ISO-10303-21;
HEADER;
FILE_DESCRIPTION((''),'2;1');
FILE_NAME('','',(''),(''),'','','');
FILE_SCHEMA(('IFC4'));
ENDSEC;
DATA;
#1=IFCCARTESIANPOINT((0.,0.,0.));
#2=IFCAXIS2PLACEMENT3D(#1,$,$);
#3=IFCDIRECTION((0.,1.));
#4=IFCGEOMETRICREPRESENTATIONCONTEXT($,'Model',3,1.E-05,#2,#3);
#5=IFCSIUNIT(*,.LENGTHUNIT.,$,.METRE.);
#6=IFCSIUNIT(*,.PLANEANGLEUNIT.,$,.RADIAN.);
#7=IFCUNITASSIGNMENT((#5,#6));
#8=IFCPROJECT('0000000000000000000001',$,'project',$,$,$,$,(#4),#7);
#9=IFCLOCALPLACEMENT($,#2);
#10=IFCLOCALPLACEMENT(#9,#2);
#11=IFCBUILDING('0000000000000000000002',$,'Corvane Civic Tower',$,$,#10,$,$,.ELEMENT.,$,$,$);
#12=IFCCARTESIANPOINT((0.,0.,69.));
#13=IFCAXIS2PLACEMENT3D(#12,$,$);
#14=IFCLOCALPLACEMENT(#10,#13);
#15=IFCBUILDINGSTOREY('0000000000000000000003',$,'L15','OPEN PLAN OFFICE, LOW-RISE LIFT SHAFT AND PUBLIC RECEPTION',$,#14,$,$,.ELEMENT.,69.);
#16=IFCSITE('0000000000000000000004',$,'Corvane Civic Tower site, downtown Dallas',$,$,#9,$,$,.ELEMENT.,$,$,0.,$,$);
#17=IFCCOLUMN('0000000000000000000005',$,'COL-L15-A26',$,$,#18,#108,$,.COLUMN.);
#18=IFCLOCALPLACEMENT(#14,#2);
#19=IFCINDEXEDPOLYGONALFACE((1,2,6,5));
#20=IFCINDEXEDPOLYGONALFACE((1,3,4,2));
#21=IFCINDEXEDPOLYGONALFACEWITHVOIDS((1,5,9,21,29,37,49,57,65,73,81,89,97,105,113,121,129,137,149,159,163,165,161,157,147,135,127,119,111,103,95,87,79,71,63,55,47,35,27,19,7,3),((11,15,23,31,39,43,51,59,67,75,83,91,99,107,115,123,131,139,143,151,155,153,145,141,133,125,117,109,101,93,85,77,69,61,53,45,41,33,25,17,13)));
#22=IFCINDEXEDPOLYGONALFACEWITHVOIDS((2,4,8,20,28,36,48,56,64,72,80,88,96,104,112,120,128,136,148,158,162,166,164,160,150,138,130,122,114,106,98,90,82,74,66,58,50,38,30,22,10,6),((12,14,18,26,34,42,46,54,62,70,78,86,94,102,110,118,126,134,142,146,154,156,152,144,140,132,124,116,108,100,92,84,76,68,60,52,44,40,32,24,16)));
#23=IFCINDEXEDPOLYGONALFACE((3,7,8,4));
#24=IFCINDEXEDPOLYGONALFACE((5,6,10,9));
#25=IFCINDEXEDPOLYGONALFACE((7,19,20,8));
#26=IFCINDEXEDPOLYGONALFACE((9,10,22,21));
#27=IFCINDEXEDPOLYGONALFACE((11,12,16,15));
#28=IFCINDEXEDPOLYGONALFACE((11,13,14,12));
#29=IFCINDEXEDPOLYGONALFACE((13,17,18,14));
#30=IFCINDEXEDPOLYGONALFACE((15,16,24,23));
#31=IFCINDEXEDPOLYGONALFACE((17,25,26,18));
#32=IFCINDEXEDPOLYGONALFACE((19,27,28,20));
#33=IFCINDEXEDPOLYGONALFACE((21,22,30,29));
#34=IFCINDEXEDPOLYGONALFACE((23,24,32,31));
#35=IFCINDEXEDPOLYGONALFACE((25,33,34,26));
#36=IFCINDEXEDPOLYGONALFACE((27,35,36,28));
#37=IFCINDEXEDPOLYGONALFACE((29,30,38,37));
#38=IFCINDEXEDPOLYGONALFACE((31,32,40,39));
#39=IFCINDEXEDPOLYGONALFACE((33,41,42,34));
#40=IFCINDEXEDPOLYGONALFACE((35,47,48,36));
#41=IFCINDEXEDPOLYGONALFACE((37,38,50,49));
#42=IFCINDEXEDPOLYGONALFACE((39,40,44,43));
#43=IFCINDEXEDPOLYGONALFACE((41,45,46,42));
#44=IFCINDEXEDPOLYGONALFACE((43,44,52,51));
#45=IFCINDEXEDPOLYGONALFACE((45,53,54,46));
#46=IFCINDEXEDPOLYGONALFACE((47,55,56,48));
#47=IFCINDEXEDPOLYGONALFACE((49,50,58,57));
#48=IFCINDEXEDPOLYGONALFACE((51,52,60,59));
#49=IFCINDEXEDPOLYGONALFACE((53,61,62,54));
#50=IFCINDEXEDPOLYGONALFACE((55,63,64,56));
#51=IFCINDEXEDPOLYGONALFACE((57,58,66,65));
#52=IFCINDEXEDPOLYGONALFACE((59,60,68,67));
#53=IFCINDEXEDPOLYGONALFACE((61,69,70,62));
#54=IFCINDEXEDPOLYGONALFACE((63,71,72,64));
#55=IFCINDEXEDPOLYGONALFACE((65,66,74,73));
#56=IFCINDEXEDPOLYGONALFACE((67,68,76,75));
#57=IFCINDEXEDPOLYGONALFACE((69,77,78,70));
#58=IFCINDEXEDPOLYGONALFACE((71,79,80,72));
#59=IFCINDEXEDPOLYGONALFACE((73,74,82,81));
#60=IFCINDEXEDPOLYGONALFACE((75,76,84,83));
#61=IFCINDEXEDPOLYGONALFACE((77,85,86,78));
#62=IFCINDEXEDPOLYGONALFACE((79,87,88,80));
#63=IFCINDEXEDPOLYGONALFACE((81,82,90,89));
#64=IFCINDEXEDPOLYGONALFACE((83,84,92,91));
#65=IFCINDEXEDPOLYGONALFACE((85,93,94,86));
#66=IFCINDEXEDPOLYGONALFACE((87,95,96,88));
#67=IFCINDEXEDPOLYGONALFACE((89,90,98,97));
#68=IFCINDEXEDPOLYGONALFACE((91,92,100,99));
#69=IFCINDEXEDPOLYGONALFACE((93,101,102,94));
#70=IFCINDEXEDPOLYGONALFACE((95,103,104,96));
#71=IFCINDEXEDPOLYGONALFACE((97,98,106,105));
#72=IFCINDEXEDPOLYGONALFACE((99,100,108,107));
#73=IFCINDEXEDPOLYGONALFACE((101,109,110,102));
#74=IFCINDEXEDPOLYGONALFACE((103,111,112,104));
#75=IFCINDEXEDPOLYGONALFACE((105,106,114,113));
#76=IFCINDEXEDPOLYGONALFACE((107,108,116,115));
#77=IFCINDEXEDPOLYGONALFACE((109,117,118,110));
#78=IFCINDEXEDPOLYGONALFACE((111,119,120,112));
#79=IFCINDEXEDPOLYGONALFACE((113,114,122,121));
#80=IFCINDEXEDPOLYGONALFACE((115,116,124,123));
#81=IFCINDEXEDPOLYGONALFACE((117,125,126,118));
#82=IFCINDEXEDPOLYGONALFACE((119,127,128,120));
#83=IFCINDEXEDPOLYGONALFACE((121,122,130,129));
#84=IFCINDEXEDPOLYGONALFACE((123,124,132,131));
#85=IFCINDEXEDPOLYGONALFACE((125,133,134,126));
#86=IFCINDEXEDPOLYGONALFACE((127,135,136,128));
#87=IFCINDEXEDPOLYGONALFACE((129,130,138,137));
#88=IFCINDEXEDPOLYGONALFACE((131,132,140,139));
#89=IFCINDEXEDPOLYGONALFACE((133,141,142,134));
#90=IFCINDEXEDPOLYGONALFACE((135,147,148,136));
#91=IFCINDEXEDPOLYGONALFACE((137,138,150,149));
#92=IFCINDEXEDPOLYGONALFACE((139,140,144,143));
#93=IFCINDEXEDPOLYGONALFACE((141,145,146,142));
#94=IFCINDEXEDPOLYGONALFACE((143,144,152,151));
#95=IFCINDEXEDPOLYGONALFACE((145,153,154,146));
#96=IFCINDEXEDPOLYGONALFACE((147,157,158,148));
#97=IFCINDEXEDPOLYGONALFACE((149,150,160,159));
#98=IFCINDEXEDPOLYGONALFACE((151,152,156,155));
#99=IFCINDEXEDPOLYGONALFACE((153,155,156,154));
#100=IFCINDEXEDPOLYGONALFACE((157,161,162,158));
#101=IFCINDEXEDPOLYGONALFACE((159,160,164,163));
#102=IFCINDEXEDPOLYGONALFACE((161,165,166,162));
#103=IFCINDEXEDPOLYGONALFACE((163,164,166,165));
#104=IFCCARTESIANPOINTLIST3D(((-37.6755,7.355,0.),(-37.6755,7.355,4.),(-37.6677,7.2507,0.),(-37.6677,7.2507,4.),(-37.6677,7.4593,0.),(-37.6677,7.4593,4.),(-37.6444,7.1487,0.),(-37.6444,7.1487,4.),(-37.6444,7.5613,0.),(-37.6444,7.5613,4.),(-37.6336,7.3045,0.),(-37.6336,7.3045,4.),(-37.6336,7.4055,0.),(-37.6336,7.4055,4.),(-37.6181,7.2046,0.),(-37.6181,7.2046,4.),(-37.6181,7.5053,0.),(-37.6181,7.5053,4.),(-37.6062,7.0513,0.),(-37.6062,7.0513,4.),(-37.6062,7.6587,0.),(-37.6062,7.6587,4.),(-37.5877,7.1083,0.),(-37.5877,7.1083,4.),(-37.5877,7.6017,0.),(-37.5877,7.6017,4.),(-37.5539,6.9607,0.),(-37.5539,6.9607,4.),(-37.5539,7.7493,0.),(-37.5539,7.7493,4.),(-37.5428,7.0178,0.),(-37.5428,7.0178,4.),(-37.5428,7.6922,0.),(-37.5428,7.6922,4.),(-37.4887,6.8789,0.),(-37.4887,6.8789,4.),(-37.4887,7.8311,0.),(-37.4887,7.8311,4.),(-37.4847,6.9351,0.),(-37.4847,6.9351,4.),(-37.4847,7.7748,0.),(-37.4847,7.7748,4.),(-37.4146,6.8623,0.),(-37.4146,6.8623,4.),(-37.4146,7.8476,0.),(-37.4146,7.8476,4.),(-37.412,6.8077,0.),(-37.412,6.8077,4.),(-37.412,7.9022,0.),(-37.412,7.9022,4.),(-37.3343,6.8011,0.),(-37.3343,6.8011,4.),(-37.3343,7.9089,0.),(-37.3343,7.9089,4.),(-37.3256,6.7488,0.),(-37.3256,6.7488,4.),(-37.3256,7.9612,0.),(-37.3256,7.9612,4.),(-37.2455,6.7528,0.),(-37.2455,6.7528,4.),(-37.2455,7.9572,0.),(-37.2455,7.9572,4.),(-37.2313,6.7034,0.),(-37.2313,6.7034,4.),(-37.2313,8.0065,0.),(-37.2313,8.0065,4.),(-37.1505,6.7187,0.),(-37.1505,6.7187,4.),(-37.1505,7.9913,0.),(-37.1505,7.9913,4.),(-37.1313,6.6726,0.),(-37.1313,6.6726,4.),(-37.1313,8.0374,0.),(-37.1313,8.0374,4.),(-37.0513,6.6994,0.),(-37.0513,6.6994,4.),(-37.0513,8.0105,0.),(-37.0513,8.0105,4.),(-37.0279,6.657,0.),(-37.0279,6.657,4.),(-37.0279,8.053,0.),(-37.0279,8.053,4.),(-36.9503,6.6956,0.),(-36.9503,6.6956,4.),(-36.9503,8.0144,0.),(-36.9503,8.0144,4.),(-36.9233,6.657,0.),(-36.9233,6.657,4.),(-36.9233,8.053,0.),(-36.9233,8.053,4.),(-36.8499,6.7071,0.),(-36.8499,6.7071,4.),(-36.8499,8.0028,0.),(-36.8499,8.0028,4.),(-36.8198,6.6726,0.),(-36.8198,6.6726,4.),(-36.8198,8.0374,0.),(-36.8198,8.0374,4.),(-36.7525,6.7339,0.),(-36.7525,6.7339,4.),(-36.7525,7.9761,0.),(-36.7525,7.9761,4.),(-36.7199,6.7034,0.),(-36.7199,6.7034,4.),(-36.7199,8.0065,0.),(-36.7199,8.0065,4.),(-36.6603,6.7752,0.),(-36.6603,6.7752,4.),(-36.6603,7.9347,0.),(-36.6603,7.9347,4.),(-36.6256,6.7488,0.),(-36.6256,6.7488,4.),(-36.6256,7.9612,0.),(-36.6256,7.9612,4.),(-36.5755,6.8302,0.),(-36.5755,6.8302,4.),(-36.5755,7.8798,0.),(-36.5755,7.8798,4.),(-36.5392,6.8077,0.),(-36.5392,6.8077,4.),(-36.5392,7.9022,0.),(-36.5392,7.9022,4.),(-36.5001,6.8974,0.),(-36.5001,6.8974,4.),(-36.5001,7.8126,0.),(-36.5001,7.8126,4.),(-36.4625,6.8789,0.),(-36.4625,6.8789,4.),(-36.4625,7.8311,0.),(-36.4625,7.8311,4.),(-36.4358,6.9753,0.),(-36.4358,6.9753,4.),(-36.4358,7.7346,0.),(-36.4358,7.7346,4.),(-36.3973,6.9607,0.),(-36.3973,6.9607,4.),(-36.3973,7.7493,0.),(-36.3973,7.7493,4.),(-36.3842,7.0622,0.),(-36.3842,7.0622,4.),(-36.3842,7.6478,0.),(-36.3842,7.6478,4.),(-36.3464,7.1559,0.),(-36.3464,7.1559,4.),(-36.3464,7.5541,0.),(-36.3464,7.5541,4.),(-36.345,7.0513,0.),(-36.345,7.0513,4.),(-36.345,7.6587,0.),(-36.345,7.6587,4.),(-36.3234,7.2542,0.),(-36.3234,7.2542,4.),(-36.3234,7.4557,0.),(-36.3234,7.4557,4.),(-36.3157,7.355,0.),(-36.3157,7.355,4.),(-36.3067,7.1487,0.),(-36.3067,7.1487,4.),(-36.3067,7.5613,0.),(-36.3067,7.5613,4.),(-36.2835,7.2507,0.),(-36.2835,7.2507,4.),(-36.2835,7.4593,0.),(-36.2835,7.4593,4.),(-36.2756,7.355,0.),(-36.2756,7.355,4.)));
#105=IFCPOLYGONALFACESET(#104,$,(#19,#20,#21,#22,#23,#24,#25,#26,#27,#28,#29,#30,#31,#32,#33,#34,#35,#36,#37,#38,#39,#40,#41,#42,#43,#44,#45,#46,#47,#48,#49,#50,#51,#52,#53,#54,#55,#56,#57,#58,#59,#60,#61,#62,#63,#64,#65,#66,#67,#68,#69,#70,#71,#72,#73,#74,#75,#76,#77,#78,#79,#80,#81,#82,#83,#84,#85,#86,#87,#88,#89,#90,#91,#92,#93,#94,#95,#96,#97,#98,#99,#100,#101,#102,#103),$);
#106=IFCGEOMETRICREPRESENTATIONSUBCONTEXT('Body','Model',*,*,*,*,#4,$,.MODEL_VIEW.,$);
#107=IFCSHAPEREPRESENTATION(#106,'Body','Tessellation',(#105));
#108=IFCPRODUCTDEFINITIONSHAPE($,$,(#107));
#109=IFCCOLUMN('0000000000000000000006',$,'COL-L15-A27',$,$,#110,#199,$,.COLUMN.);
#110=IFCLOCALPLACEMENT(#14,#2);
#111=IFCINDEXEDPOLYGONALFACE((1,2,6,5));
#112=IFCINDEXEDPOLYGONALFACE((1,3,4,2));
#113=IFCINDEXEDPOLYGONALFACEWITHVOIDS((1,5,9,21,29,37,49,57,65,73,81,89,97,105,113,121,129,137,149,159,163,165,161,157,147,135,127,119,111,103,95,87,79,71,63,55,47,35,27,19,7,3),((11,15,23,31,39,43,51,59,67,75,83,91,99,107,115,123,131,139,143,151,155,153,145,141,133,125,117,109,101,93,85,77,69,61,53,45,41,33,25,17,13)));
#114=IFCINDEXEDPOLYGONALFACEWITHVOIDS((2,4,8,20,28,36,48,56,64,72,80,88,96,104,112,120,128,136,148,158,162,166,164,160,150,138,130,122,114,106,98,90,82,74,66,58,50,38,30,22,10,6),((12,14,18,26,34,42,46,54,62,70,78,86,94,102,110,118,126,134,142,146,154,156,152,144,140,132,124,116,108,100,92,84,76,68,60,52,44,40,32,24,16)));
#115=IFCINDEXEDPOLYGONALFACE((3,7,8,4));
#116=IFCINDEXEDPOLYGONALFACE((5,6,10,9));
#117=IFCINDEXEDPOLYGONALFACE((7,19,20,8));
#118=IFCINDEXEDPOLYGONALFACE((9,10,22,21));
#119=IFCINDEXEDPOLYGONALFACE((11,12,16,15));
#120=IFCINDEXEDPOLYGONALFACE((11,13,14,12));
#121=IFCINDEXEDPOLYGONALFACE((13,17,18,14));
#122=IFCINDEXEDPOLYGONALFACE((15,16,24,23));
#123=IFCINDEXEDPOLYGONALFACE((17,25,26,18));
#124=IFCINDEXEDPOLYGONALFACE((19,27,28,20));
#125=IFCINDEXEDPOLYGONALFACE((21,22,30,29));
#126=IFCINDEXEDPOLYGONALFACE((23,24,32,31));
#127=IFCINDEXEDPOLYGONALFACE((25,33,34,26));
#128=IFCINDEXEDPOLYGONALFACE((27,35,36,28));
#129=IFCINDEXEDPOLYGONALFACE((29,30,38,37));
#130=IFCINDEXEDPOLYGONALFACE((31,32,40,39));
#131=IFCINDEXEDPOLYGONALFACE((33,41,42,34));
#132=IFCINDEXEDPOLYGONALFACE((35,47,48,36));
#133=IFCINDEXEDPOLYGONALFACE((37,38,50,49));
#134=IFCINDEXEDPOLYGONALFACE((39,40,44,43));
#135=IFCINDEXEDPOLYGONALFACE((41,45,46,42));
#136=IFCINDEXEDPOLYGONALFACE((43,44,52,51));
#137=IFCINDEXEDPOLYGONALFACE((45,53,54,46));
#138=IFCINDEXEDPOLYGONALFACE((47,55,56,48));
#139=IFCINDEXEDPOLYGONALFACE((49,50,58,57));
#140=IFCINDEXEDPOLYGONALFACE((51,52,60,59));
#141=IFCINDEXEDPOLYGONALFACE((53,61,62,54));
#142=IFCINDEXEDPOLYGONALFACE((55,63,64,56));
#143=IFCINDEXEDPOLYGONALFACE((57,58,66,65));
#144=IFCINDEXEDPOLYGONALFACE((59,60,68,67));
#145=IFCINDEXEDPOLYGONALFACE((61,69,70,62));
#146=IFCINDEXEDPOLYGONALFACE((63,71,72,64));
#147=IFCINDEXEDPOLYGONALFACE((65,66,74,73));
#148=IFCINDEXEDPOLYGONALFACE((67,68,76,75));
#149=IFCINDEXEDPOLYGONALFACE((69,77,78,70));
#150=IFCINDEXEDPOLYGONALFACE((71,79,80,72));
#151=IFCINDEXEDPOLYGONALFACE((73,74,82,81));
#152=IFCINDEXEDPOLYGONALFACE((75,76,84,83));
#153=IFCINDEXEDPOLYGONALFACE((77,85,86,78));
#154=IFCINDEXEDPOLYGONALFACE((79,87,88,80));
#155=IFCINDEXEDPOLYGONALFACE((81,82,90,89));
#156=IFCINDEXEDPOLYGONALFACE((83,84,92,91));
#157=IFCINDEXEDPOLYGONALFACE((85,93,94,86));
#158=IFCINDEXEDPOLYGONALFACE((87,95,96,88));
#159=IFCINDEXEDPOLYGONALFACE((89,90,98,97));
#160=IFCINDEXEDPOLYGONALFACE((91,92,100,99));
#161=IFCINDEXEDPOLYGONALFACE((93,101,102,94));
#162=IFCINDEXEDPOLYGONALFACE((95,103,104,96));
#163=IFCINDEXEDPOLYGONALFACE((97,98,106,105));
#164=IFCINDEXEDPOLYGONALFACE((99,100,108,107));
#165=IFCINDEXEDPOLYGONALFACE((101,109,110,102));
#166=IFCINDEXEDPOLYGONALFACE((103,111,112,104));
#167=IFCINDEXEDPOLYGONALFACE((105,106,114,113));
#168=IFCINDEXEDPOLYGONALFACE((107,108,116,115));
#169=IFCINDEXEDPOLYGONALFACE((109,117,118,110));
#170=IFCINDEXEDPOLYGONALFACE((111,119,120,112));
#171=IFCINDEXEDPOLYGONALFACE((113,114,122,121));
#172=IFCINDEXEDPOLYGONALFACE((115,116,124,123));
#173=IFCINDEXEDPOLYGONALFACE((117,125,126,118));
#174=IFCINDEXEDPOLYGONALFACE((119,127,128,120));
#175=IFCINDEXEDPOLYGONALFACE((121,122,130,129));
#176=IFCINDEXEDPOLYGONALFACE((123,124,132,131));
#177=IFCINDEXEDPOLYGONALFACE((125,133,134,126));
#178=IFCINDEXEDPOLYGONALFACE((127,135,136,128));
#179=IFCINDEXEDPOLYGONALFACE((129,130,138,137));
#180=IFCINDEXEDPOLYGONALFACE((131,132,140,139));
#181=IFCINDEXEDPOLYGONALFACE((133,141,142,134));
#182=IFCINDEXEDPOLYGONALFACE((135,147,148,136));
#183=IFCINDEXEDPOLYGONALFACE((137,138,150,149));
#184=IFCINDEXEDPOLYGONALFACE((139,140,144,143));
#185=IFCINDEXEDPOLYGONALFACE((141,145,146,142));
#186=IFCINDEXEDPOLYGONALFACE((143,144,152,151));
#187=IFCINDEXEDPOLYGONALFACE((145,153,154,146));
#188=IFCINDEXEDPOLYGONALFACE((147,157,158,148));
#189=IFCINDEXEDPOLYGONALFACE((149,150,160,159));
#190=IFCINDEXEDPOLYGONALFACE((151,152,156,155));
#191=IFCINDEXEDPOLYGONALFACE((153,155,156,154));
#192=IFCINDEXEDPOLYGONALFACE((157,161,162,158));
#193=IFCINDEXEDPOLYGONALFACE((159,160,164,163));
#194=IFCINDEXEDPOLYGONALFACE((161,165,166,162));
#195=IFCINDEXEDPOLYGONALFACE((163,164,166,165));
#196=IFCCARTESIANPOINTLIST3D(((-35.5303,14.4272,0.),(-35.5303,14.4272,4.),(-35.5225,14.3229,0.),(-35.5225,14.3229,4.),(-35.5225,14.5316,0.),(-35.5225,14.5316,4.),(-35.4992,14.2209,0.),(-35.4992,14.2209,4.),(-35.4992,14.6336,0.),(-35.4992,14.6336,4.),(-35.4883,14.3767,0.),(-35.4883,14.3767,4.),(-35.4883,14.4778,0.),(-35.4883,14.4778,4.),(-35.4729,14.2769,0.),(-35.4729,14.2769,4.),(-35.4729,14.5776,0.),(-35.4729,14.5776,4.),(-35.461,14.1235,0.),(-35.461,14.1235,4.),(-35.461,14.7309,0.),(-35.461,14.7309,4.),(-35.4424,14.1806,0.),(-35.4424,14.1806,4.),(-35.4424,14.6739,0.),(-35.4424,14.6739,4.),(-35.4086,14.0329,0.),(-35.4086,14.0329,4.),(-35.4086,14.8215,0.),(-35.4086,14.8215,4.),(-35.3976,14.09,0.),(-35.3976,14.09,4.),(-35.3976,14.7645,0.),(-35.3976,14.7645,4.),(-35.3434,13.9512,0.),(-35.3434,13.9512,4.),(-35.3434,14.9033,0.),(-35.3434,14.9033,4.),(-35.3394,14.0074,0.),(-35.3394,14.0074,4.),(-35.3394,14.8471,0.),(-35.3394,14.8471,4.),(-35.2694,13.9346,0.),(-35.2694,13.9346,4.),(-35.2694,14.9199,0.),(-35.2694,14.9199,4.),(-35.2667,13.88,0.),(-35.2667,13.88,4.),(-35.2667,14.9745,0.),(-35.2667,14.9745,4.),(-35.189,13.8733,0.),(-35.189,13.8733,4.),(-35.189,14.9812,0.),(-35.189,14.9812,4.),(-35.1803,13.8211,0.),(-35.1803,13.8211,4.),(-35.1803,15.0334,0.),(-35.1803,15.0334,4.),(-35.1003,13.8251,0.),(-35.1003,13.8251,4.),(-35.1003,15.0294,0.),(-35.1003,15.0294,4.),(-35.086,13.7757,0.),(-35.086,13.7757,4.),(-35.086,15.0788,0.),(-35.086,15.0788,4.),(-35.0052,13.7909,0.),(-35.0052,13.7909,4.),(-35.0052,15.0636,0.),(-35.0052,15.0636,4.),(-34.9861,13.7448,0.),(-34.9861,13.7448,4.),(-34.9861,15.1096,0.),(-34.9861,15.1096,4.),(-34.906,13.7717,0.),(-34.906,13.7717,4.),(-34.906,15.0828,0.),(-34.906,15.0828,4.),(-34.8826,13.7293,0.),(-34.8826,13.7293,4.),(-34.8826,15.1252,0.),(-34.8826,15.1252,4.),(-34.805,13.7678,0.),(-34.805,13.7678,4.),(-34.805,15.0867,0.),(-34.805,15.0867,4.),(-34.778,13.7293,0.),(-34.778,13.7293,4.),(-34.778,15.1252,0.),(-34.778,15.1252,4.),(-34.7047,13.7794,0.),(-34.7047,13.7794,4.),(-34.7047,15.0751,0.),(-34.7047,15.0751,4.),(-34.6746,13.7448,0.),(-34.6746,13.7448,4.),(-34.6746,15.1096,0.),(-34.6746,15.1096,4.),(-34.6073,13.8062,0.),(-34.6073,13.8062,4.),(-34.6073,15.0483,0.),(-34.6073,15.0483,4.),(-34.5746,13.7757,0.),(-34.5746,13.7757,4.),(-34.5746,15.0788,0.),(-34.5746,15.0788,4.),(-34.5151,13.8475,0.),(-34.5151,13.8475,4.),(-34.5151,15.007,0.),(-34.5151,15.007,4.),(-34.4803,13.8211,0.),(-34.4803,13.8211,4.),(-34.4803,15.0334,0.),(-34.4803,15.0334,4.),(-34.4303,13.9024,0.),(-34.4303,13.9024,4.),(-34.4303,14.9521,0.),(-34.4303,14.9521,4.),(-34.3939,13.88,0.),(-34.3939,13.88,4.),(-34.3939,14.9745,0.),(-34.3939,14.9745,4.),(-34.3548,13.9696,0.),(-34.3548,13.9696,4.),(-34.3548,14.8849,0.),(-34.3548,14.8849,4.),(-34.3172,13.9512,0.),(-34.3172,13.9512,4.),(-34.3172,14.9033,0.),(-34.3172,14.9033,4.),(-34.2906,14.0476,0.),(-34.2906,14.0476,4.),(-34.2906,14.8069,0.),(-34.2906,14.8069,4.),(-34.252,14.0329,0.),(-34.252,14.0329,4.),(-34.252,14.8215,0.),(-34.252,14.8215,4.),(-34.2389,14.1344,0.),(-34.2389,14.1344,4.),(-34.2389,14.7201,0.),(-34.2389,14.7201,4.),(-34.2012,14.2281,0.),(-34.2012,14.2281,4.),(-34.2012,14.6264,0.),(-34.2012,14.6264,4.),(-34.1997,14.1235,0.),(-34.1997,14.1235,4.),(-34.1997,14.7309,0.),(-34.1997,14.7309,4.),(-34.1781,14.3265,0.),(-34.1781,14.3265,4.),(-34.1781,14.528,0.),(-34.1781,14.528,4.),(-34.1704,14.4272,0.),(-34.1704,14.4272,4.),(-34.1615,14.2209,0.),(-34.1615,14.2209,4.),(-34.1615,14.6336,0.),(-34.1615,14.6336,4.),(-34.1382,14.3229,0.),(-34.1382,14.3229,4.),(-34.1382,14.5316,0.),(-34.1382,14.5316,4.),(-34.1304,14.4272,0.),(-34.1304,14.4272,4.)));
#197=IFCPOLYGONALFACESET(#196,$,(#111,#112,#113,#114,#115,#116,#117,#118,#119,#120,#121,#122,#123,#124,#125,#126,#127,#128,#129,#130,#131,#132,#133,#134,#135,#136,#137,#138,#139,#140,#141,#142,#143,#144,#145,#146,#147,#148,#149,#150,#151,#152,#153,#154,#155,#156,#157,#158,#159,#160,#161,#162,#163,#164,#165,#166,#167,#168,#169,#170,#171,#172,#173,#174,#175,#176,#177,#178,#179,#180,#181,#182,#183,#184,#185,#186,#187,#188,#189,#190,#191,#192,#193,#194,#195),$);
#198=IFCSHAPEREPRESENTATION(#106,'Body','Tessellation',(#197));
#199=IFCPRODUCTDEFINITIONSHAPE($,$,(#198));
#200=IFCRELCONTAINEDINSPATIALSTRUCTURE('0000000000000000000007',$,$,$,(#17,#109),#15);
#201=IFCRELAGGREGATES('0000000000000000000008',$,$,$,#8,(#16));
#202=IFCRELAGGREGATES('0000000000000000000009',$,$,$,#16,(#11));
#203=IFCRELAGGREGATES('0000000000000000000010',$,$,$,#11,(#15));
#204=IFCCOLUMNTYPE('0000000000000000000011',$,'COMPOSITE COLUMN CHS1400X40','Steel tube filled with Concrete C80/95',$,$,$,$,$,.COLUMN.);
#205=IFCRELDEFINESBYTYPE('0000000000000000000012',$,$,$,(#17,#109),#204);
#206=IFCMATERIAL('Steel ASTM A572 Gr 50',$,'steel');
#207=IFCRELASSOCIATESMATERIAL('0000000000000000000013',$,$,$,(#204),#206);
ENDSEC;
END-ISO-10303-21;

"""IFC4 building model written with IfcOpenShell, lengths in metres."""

from ifc_helpers import new_model, si_unit, direction, frame, origin, origin_2d, place, context, subcontext, project, spatial, hollow_circle, extrude, material, material_profile, profile_set, type_object, element, save


model = new_model("IFC4")

# Units and contexts
model_context = context("Model", 3, precision=1e-05, world=origin(), true_north=direction((0.0, 1.0)))
body_context = subcontext(model_context, "Body", "Model", "MODEL_VIEW")
ifc_project = project(units=[si_unit("LENGTHUNIT", "METRE"), si_unit("PLANEANGLEUNIT", "RADIAN")], contexts=[model_context])

# Site, building, storey
site_placement = place(None, origin())
site = spatial("IfcSite", under=ifc_project, at=site_placement, Name="Corvane Civic Tower site, downtown Dallas", CompositionType="ELEMENT", RefElevation=0.0)
building_placement = place(site_placement, origin())
building = spatial("IfcBuilding", under=site, at=building_placement, Name="Corvane Civic Tower", CompositionType="ELEMENT")
storey_placement = place(building_placement, frame((0.0, 0.0, 69.0)))
storey = spatial("IfcBuildingStorey", under=building, at=storey_placement, Name="L15", Description="OPEN PLAN OFFICE, LOW-RISE LIFT SHAFT AND PUBLIC RECEPTION", CompositionType="ELEMENT", Elevation=69.0)

# Columns
ifc_material_1 = material(Name="Steel ASTM A572 Gr 50", Category="steel")
ifc_material_profile_1 = material_profile(ifc_material_1, hollow_circle(Radius=0.7, WallThickness=0.04, at=origin_2d()), Name="CHS1400X40")
ifc_profile_set_1 = profile_set([ifc_material_profile_1], Name="Steel ASTM A572 Gr 50")
column_type = type_object("IfcColumnType", Name="COMPOSITE COLUMN CHS1400X40", Description="Steel tube filled with Concrete C80/95", PredefinedType="COLUMN", material=ifc_profile_set_1)
for number, where, z_axis, x_axis, name in (
    (1, (-36.9756, 7.355, 0.0), (0.0, 0.0, 1.0), (1.0, 0.0, 0.0), "COL-L15-A26"),
    (2, (-34.8303, 14.4272, 0.0), (0.0, 0.0, 1.0), (1.0, 0.0, 0.0), "COL-L15-A27"),
):
    element("IfcColumn", number, at=place(storey_placement, frame(where, z_axis=z_axis, x_axis=x_axis)), inside=storey, type_object=column_type, Name=name, PredefinedType="COLUMN", context=body_context, shape_type="SweptSolid", body=[
        extrude(hollow_circle(Radius=0.7, WallThickness=0.04, at=origin_2d()), origin(), (0.0, 0.0, 1.0), 4.0),
    ])

save(model, "model.ifc")
